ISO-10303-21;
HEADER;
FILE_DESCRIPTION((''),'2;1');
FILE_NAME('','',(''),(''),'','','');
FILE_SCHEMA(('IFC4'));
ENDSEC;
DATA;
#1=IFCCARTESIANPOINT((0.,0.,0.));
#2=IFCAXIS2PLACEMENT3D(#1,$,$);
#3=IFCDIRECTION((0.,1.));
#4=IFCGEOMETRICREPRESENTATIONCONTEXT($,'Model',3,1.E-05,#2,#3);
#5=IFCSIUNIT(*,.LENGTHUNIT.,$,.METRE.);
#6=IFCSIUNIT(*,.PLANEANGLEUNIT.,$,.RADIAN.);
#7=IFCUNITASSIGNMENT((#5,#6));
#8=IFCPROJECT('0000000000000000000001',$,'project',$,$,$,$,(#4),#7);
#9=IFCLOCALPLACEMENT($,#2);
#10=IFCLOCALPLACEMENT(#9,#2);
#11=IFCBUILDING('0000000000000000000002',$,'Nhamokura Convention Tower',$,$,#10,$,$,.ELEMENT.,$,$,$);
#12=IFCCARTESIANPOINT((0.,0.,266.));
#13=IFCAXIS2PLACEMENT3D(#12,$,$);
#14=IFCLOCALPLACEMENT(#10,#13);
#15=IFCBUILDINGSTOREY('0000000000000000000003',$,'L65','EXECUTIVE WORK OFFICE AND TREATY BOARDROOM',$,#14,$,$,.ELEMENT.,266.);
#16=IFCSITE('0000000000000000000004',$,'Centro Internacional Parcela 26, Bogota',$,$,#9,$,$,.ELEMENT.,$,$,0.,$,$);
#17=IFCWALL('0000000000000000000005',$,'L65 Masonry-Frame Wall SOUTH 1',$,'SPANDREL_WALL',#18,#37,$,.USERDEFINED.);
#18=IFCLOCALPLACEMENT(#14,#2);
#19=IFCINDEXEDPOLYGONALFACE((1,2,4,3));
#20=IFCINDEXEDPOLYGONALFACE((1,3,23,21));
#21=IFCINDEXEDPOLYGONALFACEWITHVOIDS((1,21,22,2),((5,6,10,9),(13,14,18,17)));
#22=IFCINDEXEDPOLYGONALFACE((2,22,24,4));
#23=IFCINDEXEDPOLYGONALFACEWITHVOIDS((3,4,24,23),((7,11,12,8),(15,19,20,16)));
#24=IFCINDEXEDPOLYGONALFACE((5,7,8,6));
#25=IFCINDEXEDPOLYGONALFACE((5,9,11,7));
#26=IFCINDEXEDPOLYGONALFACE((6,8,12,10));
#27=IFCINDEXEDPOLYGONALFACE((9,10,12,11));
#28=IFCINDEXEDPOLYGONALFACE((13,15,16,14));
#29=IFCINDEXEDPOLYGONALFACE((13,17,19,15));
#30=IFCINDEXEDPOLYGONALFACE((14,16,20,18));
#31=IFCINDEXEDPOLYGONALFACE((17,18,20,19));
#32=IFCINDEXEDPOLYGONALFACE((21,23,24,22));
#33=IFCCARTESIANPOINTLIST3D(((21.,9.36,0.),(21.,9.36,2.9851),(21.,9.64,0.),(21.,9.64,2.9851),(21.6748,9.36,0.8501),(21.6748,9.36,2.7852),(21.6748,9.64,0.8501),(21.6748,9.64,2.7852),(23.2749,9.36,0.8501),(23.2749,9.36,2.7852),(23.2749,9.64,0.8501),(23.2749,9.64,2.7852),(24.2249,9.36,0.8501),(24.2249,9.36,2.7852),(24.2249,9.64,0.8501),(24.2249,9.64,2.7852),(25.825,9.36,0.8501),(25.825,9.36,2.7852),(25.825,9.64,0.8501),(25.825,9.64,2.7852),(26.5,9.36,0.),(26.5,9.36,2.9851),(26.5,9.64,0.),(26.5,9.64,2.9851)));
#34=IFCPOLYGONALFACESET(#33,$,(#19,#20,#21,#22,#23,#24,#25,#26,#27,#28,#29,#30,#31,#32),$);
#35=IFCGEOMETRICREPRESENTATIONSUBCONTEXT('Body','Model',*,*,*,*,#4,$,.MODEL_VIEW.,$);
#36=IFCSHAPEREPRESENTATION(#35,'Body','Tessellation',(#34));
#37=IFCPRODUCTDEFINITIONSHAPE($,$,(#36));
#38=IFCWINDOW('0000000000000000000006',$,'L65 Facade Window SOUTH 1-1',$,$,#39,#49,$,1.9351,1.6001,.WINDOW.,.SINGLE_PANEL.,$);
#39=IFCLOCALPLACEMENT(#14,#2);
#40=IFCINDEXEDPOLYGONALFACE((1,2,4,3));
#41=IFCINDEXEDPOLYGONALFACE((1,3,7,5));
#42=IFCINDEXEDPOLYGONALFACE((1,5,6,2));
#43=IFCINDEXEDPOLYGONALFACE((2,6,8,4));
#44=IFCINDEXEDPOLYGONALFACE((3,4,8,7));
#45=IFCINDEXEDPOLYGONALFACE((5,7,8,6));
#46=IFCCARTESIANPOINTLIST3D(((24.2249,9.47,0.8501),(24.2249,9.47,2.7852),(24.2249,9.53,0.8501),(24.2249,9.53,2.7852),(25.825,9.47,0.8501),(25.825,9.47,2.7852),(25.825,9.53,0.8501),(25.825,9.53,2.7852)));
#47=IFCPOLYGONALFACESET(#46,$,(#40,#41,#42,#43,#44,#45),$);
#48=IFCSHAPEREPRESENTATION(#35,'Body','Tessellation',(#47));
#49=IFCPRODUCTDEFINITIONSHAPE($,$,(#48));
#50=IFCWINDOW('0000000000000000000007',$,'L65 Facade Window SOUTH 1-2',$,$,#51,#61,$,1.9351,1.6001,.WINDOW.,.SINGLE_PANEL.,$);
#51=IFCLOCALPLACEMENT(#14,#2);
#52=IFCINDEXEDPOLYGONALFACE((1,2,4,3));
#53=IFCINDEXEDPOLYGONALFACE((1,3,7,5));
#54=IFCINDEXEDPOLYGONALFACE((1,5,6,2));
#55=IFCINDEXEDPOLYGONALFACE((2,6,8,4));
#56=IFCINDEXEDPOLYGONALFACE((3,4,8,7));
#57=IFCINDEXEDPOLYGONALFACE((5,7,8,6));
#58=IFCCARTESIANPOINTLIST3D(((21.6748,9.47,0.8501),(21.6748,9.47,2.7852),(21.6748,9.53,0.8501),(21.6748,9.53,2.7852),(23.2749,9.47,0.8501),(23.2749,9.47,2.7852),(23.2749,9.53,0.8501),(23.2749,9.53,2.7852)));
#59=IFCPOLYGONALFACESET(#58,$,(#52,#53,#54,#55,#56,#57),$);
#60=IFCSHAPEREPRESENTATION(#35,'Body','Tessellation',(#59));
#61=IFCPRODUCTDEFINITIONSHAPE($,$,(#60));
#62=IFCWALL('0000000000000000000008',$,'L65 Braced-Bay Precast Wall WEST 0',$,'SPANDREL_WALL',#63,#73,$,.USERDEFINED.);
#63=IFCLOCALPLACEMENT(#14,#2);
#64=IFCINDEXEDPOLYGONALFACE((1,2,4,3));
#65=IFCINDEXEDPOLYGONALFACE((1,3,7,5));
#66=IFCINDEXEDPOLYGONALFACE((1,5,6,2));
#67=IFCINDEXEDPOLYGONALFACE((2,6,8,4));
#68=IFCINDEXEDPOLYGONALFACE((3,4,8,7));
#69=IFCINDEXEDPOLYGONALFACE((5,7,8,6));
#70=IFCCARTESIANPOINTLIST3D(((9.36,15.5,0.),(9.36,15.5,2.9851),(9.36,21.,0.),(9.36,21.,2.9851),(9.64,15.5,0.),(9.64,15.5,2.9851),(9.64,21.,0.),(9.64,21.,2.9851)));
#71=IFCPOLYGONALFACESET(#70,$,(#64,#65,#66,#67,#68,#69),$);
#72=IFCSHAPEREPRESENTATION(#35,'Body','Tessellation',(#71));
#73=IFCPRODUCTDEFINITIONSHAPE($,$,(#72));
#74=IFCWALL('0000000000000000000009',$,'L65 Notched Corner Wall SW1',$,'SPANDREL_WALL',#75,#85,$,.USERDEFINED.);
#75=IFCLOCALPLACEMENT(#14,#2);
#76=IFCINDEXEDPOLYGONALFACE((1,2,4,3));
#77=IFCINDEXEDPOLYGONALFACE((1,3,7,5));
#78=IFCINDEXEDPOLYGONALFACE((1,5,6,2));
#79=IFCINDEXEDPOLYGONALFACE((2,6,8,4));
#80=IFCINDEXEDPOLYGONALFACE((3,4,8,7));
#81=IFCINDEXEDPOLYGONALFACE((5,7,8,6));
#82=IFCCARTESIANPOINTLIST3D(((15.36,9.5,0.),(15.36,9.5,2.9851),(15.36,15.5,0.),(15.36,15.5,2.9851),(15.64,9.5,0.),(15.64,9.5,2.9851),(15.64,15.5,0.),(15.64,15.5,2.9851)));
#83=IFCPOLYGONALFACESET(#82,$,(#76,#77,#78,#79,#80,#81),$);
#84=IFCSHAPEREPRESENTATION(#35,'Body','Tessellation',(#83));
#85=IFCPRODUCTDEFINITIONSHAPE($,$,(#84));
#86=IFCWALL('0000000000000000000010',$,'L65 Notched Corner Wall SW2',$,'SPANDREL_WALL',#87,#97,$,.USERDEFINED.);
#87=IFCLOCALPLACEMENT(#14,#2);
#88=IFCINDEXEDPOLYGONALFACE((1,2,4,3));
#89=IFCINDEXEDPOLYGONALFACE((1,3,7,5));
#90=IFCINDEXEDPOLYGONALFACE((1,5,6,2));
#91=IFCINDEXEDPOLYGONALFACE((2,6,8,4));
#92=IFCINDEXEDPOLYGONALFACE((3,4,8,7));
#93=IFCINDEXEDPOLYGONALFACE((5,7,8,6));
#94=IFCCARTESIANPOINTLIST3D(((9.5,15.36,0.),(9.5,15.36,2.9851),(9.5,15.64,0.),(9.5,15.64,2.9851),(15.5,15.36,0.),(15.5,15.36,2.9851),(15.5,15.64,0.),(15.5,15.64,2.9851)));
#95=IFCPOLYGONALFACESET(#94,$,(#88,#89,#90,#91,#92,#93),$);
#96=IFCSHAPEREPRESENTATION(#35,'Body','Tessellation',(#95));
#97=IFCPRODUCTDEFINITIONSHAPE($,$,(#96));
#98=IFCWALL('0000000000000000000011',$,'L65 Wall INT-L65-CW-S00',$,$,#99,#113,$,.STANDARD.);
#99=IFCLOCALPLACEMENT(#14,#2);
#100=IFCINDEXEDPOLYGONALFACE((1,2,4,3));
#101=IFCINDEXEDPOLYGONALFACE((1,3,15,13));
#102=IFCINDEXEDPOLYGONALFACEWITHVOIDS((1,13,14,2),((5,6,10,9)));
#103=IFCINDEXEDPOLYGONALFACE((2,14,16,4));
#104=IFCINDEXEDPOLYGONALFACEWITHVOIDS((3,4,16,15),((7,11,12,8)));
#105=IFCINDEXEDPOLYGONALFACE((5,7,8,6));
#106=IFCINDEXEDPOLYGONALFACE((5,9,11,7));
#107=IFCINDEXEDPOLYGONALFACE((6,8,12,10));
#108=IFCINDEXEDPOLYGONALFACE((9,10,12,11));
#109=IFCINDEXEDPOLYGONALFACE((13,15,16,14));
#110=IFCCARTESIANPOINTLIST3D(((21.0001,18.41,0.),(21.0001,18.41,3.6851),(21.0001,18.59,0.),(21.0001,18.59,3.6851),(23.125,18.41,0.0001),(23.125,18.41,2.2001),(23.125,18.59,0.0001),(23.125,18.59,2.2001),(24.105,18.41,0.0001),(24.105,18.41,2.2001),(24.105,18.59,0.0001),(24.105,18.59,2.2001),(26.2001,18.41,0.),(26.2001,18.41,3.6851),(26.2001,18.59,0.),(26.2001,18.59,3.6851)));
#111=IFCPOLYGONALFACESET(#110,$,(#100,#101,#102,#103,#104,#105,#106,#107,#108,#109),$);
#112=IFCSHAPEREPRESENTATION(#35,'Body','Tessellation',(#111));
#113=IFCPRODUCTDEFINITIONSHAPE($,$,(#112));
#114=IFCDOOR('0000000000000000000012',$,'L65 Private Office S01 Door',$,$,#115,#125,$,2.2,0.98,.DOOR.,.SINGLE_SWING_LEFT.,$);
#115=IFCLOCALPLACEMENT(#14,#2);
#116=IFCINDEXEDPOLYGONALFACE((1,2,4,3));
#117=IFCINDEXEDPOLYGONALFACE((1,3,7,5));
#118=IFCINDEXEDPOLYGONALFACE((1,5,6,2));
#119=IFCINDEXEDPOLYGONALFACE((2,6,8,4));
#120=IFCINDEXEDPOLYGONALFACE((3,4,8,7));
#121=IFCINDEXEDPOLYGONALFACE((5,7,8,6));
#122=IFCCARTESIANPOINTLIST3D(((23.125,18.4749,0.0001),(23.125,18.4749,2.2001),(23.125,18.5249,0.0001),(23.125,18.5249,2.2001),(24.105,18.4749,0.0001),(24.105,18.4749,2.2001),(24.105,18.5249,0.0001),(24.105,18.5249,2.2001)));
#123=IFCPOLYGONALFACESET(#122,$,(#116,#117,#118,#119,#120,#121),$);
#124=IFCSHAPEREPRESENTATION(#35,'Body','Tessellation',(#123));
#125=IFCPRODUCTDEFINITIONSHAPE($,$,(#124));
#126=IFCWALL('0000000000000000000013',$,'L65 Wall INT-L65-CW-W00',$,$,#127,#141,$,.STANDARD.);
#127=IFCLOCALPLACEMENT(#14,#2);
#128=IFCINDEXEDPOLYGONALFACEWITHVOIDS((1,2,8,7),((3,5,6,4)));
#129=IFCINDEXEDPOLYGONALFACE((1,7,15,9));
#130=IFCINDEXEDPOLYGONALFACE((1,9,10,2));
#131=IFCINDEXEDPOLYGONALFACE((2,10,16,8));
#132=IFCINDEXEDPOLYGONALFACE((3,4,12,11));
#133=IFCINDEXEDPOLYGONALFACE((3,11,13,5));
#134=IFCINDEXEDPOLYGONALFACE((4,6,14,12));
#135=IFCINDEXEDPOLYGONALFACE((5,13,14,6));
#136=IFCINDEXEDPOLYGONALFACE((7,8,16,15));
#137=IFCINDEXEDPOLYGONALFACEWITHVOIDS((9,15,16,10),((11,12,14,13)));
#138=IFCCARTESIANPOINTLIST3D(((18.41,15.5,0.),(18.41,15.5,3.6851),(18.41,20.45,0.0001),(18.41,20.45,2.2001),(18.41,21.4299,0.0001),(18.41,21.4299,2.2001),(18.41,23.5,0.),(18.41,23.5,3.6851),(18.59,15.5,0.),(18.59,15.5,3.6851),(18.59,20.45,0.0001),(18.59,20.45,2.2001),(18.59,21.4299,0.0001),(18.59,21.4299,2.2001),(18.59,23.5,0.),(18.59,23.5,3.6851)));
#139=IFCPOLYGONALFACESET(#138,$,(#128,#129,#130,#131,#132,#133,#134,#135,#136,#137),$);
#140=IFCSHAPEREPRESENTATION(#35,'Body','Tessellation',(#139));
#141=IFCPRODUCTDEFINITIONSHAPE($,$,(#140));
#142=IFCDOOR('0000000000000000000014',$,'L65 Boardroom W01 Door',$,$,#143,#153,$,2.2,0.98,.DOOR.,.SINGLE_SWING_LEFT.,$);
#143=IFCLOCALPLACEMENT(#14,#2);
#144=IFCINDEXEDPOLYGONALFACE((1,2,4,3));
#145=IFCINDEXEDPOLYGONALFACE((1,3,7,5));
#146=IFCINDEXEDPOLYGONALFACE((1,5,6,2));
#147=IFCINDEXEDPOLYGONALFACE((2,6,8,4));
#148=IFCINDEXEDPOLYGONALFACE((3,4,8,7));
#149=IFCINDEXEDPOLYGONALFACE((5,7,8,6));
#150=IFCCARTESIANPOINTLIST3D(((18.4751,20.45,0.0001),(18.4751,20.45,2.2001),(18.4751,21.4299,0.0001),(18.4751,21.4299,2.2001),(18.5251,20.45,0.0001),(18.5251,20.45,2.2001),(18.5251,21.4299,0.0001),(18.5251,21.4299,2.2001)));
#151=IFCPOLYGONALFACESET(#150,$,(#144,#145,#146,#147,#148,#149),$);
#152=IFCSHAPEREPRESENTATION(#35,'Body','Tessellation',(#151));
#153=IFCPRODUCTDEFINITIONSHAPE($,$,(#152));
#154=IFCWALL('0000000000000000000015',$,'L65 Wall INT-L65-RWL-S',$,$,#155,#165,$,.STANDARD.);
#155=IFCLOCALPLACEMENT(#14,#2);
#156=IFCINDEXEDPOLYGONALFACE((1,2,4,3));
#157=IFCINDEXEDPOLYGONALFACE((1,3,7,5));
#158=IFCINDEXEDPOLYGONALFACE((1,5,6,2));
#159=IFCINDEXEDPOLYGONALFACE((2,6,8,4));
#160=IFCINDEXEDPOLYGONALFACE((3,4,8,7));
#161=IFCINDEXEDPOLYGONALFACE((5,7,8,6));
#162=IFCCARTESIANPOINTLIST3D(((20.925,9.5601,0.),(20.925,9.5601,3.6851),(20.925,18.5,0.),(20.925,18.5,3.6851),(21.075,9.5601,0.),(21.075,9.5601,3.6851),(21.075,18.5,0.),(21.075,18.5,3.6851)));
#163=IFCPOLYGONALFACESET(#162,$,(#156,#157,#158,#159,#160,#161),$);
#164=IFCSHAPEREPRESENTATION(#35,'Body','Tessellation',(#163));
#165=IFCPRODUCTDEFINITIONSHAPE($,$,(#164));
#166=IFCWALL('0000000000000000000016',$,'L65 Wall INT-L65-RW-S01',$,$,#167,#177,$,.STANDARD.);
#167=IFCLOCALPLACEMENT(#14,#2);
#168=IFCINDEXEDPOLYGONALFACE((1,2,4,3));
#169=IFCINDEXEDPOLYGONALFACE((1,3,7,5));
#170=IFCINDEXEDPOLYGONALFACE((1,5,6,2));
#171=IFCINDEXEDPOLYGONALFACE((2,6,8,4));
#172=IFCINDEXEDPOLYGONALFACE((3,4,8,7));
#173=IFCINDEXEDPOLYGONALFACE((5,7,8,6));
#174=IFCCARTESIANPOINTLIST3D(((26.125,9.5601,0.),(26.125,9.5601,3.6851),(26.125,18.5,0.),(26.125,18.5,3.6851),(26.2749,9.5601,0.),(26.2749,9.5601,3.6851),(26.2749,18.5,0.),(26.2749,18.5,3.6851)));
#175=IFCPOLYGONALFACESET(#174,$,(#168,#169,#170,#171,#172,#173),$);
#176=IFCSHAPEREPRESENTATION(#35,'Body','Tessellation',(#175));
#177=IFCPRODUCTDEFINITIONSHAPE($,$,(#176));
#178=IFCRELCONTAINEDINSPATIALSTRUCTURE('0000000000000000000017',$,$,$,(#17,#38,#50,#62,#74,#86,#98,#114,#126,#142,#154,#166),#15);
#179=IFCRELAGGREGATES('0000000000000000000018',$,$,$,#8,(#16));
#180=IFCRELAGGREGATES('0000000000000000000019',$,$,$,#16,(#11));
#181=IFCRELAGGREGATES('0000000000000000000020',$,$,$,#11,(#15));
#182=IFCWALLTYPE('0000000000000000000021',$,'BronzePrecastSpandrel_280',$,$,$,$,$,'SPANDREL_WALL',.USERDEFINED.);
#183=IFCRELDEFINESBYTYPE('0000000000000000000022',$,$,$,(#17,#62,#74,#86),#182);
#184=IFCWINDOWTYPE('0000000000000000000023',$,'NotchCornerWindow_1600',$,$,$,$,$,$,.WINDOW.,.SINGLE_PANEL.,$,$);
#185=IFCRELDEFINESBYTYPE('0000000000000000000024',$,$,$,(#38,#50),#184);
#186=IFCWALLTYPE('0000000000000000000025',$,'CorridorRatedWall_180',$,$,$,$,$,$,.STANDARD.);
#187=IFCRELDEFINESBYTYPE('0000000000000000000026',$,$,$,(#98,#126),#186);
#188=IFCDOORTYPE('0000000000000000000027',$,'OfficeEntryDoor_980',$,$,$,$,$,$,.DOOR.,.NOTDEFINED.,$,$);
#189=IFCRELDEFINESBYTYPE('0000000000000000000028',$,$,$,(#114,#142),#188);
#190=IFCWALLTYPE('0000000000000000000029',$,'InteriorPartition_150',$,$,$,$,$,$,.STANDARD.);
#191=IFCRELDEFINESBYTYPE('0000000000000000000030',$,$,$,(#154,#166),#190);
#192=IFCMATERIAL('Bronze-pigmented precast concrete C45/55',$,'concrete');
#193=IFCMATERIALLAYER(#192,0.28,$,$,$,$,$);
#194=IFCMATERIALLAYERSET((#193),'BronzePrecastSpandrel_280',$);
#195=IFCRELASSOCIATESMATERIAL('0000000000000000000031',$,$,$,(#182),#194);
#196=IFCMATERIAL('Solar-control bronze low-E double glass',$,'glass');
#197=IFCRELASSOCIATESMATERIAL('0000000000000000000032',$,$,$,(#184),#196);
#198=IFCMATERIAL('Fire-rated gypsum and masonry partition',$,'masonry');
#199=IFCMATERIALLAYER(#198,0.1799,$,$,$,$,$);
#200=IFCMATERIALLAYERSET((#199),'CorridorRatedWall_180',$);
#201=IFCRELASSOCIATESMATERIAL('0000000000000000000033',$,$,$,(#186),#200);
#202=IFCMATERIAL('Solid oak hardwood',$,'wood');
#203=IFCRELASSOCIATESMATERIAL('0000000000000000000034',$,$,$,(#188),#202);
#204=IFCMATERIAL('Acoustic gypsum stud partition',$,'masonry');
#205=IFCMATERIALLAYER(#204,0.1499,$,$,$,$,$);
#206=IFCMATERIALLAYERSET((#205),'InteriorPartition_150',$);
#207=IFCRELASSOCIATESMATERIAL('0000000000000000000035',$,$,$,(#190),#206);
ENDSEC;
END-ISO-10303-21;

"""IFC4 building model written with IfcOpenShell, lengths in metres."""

from ifc_helpers import new_model, si_unit, direction, frame, frame_2d, origin, place, context, subcontext, project, spatial, rectangle, extrude, material, layer, layer_set, type_object, element, fill, save


model = new_model("IFC4")

# Units and contexts
model_context = context("Model", 3, precision=1e-05, world=origin(), true_north=direction((0.0, 1.0)))
body_context = subcontext(model_context, "Body", "Model", "MODEL_VIEW")
ifc_project = project(units=[si_unit("LENGTHUNIT", "METRE"), si_unit("PLANEANGLEUNIT", "RADIAN")], contexts=[model_context])

# Site, building, storey
site_placement = place(None, origin())
site = spatial("IfcSite", under=ifc_project, at=site_placement, Name="Centro Internacional Parcela 26, Bogota", CompositionType="ELEMENT", RefElevation=0.0)
building_placement = place(site_placement, origin())
building = spatial("IfcBuilding", under=site, at=building_placement, Name="Nhamokura Convention Tower", CompositionType="ELEMENT")
storey_placement = place(building_placement, frame((0.0, 0.0, 266.0)))
storey = spatial("IfcBuildingStorey", under=building, at=storey_placement, Name="L65", Description="EXECUTIVE WORK OFFICE AND TREATY BOARDROOM", CompositionType="ELEMENT", Elevation=266.0)

# Shared definitions
ifc_material_1 = material(Name="Bronze-pigmented precast concrete C45/55", Category="concrete")
ifc_layer_1 = layer(ifc_material_1, 0.28)
ifc_layer_set_1 = layer_set([ifc_layer_1], Name="BronzePrecastSpandrel_280")
wall_type_1 = type_object("IfcWallType", Name="BronzePrecastSpandrel_280", ElementType="SPANDREL_WALL", PredefinedType="USERDEFINED", material=ifc_layer_set_1)

# Wall, openings, windows
wall_1_placement = place(storey_placement, frame((26.5, 9.5, 0.0), z_axis=(0.0, 0.0, 1.0), x_axis=(-1.0, 0.0, 0.0)))
wall_1 = element("IfcWall", 1, at=wall_1_placement, inside=storey, type_object=wall_type_1, Name="L65 Masonry-Frame Wall SOUTH 1", ObjectType="SPANDREL_WALL", PredefinedType="USERDEFINED", context=body_context, shape_type="SweptSolid", body=[
    extrude(rectangle(XDim=5.5, YDim=0.28, at=frame_2d((2.75, 0.0))), origin(), (0.0, 0.0, 1.0), 2.9851),
])
opening_1_placement = place(wall_1_placement, frame((0.675, 0.0, 0.8501)))
opening_1 = element("IfcOpeningElement", 2, at=opening_1_placement, cuts=wall_1, PredefinedType="OPENING", context=body_context, shape_type="SweptSolid", body=[
    extrude(rectangle(XDim=1.6001, YDim=1.9351, at=frame_2d((0.8, 0.9675))), frame((0.0, 0.1499, 0.0), z_axis=(0.0, -1.0, 0.0), x_axis=(1.0, 0.0, 0.0)), (0.0, 0.0, 1.0), 0.3),
])
opening_2_placement = place(wall_1_placement, frame((3.2251, 0.0, 0.8501)))
opening_2 = element("IfcOpeningElement", 3, at=opening_2_placement, cuts=wall_1, PredefinedType="OPENING", context=body_context, shape_type="SweptSolid", body=[
    extrude(rectangle(XDim=1.6001, YDim=1.9351, at=frame_2d((0.8, 0.9675))), frame((0.0, 0.1499, 0.0), z_axis=(0.0, -1.0, 0.0), x_axis=(1.0, 0.0, 0.0)), (0.0, 0.0, 1.0), 0.3),
])
ifc_material_2 = material(Name="Solar-control bronze low-E double glass", Category="glass")
window_type = type_object("IfcWindowType", Name="NotchCornerWindow_1600", PartitioningType="SINGLE_PANEL", PredefinedType="WINDOW", material=ifc_material_2)
window_1_placement = place(opening_1_placement, origin())
window_1 = element("IfcWindow", 4, at=window_1_placement, inside=storey, type_object=window_type, Name="L65 Facade Window SOUTH 1-1", OverallHeight=1.9351, OverallWidth=1.6001, PartitioningType="SINGLE_PANEL", PredefinedType="WINDOW", context=body_context, shape_type="SweptSolid", body=[
    extrude(rectangle(XDim=1.6001, YDim=1.9351, at=frame_2d((0.8, 0.9675))), frame((0.0, 0.03, 0.0), z_axis=(0.0, -1.0, 0.0), x_axis=(1.0, 0.0, 0.0)), (0.0, 0.0, 1.0), 0.0601),
])
fill(opening_1, window_1)
window_2_placement = place(opening_2_placement, origin())
window_2 = element("IfcWindow", 5, at=window_2_placement, inside=storey, type_object=window_type, Name="L65 Facade Window SOUTH 1-2", OverallHeight=1.9351, OverallWidth=1.6001, PartitioningType="SINGLE_PANEL", PredefinedType="WINDOW", context=body_context, shape_type="SweptSolid", body=[
    extrude(rectangle(XDim=1.6001, YDim=1.9351, at=frame_2d((0.8, 0.9675))), frame((0.0, 0.03, 0.0), z_axis=(0.0, -1.0, 0.0), x_axis=(1.0, 0.0, 0.0)), (0.0, 0.0, 1.0), 0.0601),
])
fill(opening_2, window_2)

# Walls
wall_2_placement = place(storey_placement, frame((9.5, 15.5, 0.0), z_axis=(0.0, 0.0, 1.0), x_axis=(0.0, 1.0, 0.0)))
element("IfcWall", 6, at=wall_2_placement, inside=storey, type_object=wall_type_1, Name="L65 Braced-Bay Precast Wall WEST 0", ObjectType="SPANDREL_WALL", PredefinedType="USERDEFINED", context=body_context, shape_type="SweptSolid", body=[
    extrude(rectangle(XDim=5.5, YDim=0.28, at=frame_2d((2.75, 0.0))), origin(), (0.0, 0.0, 1.0), 2.9851),
])
for number, where, z_axis, x_axis, name in (
    (7, (15.5, 9.5, 0.0), (0.0, 0.0, 1.0), (0.0, 1.0, 0.0), "L65 Notched Corner Wall SW1"),
    (8, (15.5, 15.5, 0.0), (0.0, 0.0, 1.0), (-1.0, 0.0, 0.0), "L65 Notched Corner Wall SW2"),
):
    element("IfcWall", number, at=place(storey_placement, frame(where, z_axis=z_axis, x_axis=x_axis)), inside=storey, type_object=wall_type_1, Name=name, ObjectType="SPANDREL_WALL", PredefinedType="USERDEFINED", context=body_context, shape_type="SweptSolid", body=[
        extrude(rectangle(XDim=6.0, YDim=0.28, at=frame_2d((3.0, 0.0))), origin(), (0.0, 0.0, 1.0), 2.9851),
    ])

# Walls, openings, doors
ifc_material_3 = material(Name="Fire-rated gypsum and masonry partition", Category="masonry")
ifc_layer_2 = layer(ifc_material_3, 0.1799)
ifc_layer_set_2 = layer_set([ifc_layer_2], Name="CorridorRatedWall_180")
wall_type_2 = type_object("IfcWallType", Name="CorridorRatedWall_180", PredefinedType="STANDARD", material=ifc_layer_set_2)
wall_3_placement = place(storey_placement, frame((21.0, 18.5, 0.0), z_axis=(0.0, 0.0, 1.0), x_axis=(1.0, 0.0, 0.0)))
wall_3 = element("IfcWall", 9, at=wall_3_placement, inside=storey, type_object=wall_type_2, Name="L65 Wall INT-L65-CW-S00", PredefinedType="STANDARD", context=body_context, shape_type="SweptSolid", body=[
    extrude(rectangle(XDim=5.2, YDim=0.1799, at=frame_2d((2.6001, 0.0))), origin(), (0.0, 0.0, 1.0), 3.6851),
])
opening_3_placement = place(wall_3_placement, frame((2.125, 0.0, 0.0)))
opening_3 = element("IfcOpeningElement", 10, at=opening_3_placement, cuts=wall_3, PredefinedType="OPENING", context=body_context, shape_type="SweptSolid", body=[
    extrude(rectangle(XDim=0.98, YDim=2.2, at=frame_2d((0.49, 1.1001))), frame((0.0, 0.0999, 0.0), z_axis=(0.0, -1.0, 0.0), x_axis=(1.0, 0.0, 0.0)), (0.0, 0.0, 1.0), 0.2),
])
ifc_material_4 = material(Name="Solid oak hardwood", Category="wood")
door_type = type_object("IfcDoorType", Name="OfficeEntryDoor_980", OperationType="NOTDEFINED", PredefinedType="DOOR", material=ifc_material_4)
door_1_placement = place(opening_3_placement, origin())
door_1 = element("IfcDoor", 11, at=door_1_placement, inside=storey, type_object=door_type, Name="L65 Private Office S01 Door", OperationType="SINGLE_SWING_LEFT", OverallHeight=2.2, OverallWidth=0.98, PredefinedType="DOOR", context=body_context, shape_type="SweptSolid", body=[
    extrude(rectangle(XDim=0.98, YDim=2.2, at=frame_2d((0.49, 1.1001))), frame((0.0, 0.0249, 0.0), z_axis=(0.0, -1.0, 0.0), x_axis=(1.0, 0.0, 0.0)), (0.0, 0.0, 1.0), 0.05),
])
fill(opening_3, door_1)
wall_4_placement = place(storey_placement, frame((18.5, 15.5, 0.0), z_axis=(0.0, 0.0, 1.0), x_axis=(0.0, 1.0, 0.0)))
wall_4 = element("IfcWall", 12, at=wall_4_placement, inside=storey, type_object=wall_type_2, Name="L65 Wall INT-L65-CW-W00", PredefinedType="STANDARD", context=body_context, shape_type="SweptSolid", body=[
    extrude(rectangle(XDim=8.0, YDim=0.1799, at=frame_2d((4.0, 0.0))), origin(), (0.0, 0.0, 1.0), 3.6851),
])
opening_4_placement = place(wall_4_placement, frame((4.95, 0.0, 0.0)))
opening_4 = element("IfcOpeningElement", 13, at=opening_4_placement, cuts=wall_4, PredefinedType="OPENING", context=body_context, shape_type="SweptSolid", body=[
    extrude(rectangle(XDim=0.98, YDim=2.2, at=frame_2d((0.49, 1.1001))), frame((0.0, 0.0999, 0.0), z_axis=(0.0, -1.0, 0.0), x_axis=(1.0, 0.0, 0.0)), (0.0, 0.0, 1.0), 0.2),
])
door_2_placement = place(opening_4_placement, origin())
door_2 = element("IfcDoor", 14, at=door_2_placement, inside=storey, type_object=door_type, Name="L65 Boardroom W01 Door", OperationType="SINGLE_SWING_LEFT", OverallHeight=2.2, OverallWidth=0.98, PredefinedType="DOOR", context=body_context, shape_type="SweptSolid", body=[
    extrude(rectangle(XDim=0.98, YDim=2.2, at=frame_2d((0.49, 1.1001))), frame((0.0, 0.0249, 0.0), z_axis=(0.0, -1.0, 0.0), x_axis=(1.0, 0.0, 0.0)), (0.0, 0.0, 1.0), 0.05),
])
fill(opening_4, door_2)

# Walls
ifc_material_5 = material(Name="Acoustic gypsum stud partition", Category="masonry")
ifc_layer_3 = layer(ifc_material_5, 0.1499)
ifc_layer_set_3 = layer_set([ifc_layer_3], Name="InteriorPartition_150")
wall_type_3 = type_object("IfcWallType", Name="InteriorPartition_150", PredefinedType="STANDARD", material=ifc_layer_set_3)
for number, where, z_axis, x_axis, name in (
    (15, (21.0, 9.5601, 0.0), (0.0, 0.0, 1.0), (0.0, 1.0, 0.0), "L65 Wall INT-L65-RWL-S"),
    (16, (26.2, 9.5601, 0.0), (0.0, 0.0, 1.0), (0.0, 1.0, 0.0), "L65 Wall INT-L65-RW-S01"),
):
    element("IfcWall", number, at=place(storey_placement, frame(where, z_axis=z_axis, x_axis=x_axis)), inside=storey, type_object=wall_type_3, Name=name, PredefinedType="STANDARD", context=body_context, shape_type="SweptSolid", body=[
        extrude(rectangle(XDim=8.9399, YDim=0.1499, at=frame_2d((4.47, 0.0))), origin(), (0.0, 0.0, 1.0), 3.6851),
    ])

save(model, "model.ifc")
